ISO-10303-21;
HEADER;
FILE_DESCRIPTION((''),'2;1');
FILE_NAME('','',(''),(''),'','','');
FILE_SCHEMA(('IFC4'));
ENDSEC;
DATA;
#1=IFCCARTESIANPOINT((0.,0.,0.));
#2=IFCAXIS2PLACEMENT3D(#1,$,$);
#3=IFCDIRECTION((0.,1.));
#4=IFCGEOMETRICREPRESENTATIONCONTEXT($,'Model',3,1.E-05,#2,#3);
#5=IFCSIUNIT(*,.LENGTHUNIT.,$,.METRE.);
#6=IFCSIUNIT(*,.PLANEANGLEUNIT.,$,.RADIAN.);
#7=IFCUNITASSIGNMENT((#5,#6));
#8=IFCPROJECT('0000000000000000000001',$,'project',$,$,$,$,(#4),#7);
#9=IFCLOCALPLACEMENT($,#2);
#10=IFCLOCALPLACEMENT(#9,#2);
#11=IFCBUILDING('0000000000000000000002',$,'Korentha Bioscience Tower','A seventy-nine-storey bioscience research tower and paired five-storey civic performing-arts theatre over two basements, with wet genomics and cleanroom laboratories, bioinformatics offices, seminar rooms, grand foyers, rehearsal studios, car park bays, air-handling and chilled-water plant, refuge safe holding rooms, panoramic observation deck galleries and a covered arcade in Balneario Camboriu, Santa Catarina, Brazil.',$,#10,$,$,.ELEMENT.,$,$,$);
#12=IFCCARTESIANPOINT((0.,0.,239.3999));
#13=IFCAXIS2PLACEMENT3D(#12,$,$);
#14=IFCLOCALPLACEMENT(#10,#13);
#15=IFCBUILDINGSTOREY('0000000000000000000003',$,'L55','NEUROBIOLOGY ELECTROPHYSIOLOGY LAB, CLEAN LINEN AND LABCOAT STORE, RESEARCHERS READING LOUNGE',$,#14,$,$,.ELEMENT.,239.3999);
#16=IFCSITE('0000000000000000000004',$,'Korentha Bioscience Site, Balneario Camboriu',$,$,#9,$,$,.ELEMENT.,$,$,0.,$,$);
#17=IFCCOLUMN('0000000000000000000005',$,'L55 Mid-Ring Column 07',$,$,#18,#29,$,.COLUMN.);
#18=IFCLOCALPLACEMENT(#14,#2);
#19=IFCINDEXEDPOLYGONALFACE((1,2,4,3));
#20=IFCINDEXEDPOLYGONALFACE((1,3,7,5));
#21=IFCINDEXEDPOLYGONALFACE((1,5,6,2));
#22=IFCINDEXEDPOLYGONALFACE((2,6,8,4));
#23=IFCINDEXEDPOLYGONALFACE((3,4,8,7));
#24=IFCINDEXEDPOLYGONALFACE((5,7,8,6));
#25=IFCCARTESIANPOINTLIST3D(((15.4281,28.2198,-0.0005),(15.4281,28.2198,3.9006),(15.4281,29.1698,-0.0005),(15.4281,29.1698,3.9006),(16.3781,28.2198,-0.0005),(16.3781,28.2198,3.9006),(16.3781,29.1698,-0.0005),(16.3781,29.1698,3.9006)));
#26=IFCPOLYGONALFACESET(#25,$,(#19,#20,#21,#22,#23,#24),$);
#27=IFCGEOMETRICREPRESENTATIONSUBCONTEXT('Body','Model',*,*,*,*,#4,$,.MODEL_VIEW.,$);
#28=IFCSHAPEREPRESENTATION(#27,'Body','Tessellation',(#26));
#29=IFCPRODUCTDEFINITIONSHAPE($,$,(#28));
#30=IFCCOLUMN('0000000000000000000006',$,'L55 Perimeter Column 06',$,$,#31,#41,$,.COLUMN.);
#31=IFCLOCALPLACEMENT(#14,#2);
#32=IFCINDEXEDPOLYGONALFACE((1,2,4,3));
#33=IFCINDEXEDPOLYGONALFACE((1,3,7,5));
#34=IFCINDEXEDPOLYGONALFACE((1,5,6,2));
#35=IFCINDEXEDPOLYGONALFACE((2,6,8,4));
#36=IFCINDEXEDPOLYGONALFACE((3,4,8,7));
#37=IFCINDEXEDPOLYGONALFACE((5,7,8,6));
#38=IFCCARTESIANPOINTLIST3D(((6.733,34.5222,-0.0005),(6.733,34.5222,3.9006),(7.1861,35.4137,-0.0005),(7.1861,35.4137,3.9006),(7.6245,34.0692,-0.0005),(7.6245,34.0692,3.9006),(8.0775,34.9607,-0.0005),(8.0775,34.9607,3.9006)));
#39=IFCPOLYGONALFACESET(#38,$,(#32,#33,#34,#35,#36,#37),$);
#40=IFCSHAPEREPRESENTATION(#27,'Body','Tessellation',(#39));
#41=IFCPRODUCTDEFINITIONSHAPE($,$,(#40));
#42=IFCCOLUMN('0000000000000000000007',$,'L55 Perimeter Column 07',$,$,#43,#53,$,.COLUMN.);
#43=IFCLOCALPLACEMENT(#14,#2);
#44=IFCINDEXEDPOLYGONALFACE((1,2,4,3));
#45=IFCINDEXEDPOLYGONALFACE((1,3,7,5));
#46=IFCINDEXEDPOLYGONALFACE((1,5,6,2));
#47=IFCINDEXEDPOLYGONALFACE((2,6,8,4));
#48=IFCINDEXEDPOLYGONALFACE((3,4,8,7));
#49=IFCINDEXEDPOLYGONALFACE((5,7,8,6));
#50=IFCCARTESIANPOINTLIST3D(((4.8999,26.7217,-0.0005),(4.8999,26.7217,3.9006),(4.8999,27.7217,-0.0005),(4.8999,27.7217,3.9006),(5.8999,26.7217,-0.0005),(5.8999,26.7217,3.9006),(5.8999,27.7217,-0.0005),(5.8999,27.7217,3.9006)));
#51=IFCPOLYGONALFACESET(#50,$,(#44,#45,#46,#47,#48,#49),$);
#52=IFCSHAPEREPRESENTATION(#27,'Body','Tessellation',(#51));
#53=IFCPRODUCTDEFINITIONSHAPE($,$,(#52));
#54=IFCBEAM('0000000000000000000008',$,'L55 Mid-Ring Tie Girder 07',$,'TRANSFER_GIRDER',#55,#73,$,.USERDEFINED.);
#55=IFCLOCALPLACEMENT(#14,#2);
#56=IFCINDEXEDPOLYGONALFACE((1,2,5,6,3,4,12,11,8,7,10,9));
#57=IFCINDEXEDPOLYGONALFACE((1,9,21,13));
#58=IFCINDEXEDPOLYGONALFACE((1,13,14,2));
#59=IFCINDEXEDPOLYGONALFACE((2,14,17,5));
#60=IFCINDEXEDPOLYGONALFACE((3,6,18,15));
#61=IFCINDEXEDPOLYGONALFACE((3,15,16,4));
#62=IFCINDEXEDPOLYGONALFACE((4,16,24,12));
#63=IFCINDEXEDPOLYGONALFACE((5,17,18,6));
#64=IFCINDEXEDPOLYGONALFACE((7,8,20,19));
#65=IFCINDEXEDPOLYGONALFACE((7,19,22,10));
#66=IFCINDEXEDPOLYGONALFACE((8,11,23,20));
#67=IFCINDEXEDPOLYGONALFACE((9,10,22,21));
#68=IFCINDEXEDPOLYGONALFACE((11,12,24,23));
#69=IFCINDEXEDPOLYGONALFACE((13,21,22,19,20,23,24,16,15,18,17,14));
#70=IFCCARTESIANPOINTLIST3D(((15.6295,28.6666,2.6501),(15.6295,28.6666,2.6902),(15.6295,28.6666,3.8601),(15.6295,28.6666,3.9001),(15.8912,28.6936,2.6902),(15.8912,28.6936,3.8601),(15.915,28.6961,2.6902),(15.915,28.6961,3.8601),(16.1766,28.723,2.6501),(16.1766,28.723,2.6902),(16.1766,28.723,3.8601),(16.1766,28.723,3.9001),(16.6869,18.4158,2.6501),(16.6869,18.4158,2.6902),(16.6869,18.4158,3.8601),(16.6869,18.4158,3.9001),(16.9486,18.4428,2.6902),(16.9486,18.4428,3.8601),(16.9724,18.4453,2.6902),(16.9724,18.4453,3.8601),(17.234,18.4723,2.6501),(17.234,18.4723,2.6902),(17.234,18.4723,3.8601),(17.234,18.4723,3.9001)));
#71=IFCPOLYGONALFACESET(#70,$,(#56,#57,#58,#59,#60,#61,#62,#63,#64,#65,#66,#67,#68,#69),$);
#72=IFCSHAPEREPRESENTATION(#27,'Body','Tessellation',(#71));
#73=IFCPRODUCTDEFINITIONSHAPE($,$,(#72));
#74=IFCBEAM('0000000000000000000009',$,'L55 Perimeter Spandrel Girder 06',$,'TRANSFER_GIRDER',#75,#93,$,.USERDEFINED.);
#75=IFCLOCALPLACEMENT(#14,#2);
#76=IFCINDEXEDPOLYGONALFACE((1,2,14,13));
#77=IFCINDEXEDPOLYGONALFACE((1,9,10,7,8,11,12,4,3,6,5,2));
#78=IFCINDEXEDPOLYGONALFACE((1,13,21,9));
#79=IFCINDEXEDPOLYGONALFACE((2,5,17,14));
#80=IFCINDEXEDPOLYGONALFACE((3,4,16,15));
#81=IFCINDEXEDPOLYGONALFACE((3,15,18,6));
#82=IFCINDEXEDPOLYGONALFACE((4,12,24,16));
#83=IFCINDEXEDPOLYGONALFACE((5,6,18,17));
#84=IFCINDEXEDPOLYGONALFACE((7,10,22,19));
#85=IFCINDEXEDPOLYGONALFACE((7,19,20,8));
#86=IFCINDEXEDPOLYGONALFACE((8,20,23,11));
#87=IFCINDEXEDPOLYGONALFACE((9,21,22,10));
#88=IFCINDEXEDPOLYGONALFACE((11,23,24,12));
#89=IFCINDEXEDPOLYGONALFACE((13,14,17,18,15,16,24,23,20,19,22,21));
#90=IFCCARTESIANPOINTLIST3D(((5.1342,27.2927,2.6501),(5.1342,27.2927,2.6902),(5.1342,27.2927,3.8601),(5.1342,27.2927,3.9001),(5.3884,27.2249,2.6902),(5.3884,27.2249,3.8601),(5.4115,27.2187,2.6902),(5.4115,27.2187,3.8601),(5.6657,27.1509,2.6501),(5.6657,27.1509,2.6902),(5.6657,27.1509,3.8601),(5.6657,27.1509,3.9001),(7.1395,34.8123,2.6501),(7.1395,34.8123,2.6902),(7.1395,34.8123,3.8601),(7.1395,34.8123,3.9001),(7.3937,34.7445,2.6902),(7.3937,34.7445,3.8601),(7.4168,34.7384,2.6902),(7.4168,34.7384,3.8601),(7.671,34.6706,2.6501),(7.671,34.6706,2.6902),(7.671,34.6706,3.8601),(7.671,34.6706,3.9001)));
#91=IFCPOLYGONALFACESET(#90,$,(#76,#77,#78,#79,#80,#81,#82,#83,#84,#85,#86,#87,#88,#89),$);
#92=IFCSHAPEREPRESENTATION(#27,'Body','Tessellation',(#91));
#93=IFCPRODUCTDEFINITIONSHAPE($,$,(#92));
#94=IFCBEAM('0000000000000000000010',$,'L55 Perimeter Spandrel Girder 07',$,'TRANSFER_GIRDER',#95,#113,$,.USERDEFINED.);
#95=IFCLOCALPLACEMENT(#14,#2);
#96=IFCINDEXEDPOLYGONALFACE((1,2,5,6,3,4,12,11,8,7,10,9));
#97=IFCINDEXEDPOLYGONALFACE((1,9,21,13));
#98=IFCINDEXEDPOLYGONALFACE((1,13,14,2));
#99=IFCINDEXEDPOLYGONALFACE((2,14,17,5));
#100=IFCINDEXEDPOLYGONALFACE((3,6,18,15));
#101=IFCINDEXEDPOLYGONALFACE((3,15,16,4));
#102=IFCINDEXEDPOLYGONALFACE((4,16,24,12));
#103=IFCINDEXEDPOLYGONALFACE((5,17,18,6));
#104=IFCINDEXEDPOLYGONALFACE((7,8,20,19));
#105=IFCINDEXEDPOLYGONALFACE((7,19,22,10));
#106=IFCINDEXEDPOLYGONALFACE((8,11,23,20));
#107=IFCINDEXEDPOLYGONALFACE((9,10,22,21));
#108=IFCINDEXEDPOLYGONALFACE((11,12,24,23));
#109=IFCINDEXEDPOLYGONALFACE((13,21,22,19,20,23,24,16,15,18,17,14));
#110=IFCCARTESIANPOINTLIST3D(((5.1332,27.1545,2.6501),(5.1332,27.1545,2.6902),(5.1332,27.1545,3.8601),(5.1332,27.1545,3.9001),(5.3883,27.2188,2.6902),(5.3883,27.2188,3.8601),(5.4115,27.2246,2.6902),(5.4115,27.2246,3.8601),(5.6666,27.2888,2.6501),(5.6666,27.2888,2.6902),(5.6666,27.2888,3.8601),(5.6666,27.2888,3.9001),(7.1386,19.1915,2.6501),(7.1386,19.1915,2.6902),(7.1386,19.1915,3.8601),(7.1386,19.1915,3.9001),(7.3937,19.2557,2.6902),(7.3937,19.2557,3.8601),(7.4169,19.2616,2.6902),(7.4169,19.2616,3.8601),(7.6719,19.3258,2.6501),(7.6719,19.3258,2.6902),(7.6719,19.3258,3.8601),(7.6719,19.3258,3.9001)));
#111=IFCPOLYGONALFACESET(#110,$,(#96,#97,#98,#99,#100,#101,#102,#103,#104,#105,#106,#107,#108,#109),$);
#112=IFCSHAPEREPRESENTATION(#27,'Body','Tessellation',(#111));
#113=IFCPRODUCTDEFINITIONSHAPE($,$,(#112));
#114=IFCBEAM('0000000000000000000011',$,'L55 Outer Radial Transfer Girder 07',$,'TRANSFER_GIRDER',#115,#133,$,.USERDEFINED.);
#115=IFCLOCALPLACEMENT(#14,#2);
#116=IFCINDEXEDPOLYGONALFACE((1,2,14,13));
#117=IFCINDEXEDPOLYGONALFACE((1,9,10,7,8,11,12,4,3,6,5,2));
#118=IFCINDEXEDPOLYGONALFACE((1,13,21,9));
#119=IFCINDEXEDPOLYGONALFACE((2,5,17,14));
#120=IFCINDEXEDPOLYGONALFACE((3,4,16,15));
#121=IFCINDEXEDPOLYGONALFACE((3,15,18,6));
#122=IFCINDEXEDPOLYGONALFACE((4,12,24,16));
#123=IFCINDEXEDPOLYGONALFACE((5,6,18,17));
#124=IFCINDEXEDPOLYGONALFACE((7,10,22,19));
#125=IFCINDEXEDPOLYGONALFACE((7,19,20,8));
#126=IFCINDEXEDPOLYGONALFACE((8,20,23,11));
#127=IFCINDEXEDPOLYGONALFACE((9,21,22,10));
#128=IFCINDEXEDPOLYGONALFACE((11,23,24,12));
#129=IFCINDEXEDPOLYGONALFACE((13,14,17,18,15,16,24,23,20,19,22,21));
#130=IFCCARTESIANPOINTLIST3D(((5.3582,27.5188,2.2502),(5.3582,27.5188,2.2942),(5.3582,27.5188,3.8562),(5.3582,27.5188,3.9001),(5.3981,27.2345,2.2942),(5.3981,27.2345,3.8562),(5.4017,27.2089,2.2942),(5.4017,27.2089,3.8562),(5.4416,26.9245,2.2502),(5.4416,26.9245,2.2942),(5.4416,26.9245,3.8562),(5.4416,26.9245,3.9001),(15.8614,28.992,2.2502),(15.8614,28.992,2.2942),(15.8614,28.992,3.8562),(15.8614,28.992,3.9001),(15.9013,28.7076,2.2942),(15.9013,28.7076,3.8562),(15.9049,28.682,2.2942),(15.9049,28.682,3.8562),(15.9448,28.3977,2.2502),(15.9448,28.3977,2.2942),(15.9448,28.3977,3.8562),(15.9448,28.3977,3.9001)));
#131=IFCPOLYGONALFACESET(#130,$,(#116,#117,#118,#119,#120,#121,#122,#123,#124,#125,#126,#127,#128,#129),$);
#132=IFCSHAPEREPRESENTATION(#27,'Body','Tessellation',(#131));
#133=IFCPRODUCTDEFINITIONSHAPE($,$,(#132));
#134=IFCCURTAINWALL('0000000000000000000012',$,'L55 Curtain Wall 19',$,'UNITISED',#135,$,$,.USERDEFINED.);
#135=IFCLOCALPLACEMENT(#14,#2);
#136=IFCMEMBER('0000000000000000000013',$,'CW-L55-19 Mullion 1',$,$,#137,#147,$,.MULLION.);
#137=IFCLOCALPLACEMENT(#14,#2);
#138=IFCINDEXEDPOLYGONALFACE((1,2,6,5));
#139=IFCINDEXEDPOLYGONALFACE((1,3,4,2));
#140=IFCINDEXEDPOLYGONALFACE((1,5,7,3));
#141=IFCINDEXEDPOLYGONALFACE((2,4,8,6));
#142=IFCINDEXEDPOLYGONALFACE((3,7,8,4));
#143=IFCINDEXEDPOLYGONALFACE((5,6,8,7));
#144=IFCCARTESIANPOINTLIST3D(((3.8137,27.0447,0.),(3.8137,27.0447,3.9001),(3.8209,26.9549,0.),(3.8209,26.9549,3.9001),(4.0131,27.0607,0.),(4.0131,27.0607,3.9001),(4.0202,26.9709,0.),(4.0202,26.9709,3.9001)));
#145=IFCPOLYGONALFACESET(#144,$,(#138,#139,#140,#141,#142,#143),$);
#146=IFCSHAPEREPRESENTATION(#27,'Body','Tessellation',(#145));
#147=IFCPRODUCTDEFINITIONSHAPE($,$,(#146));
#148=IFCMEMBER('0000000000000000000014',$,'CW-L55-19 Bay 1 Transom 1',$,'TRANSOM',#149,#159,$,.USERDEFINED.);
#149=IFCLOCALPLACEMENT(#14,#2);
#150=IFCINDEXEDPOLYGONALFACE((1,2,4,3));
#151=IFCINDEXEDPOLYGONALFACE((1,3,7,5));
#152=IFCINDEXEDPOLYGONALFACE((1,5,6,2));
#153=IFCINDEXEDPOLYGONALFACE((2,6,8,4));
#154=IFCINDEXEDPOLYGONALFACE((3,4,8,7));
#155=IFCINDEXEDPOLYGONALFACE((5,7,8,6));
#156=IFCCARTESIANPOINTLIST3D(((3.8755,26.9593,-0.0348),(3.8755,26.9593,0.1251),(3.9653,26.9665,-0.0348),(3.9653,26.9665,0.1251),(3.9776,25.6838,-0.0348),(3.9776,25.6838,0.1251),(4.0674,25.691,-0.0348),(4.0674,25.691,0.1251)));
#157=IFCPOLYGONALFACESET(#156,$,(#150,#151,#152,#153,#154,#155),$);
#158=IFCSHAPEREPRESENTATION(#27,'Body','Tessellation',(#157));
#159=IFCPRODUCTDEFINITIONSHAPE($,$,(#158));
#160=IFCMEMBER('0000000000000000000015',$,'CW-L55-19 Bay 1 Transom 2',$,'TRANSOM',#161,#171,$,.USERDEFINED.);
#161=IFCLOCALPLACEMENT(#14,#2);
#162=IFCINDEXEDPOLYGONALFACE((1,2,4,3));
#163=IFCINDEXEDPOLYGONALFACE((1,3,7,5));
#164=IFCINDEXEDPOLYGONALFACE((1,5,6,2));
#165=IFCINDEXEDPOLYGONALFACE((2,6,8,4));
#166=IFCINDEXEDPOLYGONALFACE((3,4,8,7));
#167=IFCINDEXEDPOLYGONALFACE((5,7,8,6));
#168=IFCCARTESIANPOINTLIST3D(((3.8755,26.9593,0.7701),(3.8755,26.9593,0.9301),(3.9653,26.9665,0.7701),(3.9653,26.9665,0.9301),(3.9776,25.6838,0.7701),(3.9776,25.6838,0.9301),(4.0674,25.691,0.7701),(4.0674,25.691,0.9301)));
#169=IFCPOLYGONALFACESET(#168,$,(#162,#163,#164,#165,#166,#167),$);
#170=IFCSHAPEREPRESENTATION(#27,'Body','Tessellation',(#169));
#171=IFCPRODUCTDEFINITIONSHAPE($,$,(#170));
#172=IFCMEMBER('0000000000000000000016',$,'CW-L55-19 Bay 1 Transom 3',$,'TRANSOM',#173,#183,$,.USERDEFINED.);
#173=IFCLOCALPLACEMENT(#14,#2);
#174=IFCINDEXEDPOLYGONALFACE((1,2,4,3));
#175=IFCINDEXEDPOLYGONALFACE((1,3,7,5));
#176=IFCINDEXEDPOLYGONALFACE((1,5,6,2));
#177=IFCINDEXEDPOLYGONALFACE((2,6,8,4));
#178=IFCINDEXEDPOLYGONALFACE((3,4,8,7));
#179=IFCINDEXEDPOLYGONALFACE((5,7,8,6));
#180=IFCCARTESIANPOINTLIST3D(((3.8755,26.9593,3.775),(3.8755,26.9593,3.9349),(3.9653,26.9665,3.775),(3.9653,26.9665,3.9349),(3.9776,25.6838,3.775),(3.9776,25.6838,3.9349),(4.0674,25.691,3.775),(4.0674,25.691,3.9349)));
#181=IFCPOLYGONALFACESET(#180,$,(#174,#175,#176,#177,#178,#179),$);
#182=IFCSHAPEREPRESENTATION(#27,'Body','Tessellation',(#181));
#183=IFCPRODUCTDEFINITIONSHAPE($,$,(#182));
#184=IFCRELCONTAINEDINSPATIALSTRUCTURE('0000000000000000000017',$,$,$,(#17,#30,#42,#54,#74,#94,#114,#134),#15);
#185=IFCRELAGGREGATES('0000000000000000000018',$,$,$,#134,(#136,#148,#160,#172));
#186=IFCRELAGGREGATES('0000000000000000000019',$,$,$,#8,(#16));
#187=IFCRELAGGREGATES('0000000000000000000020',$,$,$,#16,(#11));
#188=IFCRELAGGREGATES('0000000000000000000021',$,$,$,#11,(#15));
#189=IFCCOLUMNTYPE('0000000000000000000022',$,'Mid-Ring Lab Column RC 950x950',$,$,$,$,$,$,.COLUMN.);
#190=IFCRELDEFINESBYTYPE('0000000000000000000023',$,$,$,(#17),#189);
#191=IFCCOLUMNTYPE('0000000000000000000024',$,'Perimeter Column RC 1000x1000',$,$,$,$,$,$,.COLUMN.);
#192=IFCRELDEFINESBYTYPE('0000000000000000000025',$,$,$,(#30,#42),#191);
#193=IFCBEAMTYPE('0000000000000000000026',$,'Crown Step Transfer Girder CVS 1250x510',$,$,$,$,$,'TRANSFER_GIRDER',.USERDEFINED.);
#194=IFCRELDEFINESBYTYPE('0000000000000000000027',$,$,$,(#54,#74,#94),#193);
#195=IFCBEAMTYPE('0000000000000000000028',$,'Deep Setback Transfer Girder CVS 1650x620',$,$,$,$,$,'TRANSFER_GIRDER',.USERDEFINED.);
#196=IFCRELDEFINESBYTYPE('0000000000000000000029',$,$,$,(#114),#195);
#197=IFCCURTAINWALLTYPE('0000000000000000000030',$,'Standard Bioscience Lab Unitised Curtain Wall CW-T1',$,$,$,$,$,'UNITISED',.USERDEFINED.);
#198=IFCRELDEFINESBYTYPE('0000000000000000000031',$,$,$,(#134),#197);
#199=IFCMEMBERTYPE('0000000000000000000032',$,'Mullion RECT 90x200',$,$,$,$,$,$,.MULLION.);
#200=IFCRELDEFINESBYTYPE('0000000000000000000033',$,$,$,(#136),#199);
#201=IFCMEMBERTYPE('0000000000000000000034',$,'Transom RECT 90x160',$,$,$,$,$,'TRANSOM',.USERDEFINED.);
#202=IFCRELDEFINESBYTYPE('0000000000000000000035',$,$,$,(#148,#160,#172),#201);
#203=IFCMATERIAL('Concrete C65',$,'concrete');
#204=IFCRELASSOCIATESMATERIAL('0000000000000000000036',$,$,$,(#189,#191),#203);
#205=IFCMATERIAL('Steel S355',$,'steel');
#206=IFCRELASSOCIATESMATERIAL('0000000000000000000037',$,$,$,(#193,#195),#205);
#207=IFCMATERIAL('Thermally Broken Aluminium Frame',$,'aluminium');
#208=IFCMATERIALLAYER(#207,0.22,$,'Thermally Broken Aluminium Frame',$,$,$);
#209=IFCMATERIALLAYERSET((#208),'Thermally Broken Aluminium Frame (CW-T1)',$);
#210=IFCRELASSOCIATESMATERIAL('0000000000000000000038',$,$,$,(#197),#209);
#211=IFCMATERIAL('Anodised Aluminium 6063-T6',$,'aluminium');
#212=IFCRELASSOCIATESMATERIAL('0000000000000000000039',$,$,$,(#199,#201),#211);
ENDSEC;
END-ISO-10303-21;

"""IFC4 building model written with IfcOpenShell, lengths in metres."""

from ifc_helpers import new_model, si_unit, direction, frame, origin, origin_2d, place, context, subcontext, project, spatial, rectangle, i_section, extrude, material, layer, layer_set, material_profile, profile_set, type_object, element, aggregate, save


model = new_model("IFC4")

# Units and contexts
model_context = context("Model", 3, precision=1e-05, world=origin(), true_north=direction((0.0, 1.0)))
body_context = subcontext(model_context, "Body", "Model", "MODEL_VIEW")
ifc_project = project(units=[si_unit("LENGTHUNIT", "METRE"), si_unit("PLANEANGLEUNIT", "RADIAN")], contexts=[model_context])

# Site, building, storey
site_placement = place(None, origin())
site = spatial("IfcSite", under=ifc_project, at=site_placement, Name="Korentha Bioscience Site, Balneario Camboriu", CompositionType="ELEMENT", RefElevation=0.0)
building_placement = place(site_placement, origin())
building = spatial("IfcBuilding", under=site, at=building_placement, Name="Korentha Bioscience Tower", Description="A seventy-nine-storey bioscience research tower and paired five-storey civic performing-arts theatre over two basements, with wet genomics and cleanroom laboratories, bioinformatics offices, seminar rooms, grand foyers, rehearsal studios, car park bays, air-handling and chilled-water plant, refuge safe holding rooms, panoramic observation deck galleries and a covered arcade in Balneario Camboriu, Santa Catarina, Brazil.", CompositionType="ELEMENT")
storey_placement = place(building_placement, frame((0.0, 0.0, 239.3999)))
storey = spatial("IfcBuildingStorey", under=building, at=storey_placement, Name="L55", Description="NEUROBIOLOGY ELECTROPHYSIOLOGY LAB, CLEAN LINEN AND LABCOAT STORE, RESEARCHERS READING LOUNGE", CompositionType="ELEMENT", Elevation=239.3999)

# Columns
ifc_material_1 = material(Name="Concrete C65", Category="concrete")
ifc_material_profile_1 = material_profile(ifc_material_1, rectangle(XDim=0.95, YDim=0.95, at=origin_2d()), Name="Concrete C65")
ifc_profile_set_1 = profile_set([ifc_material_profile_1], Name="Concrete C65 (COL-MR09)")
column_type_1 = type_object("IfcColumnType", Name="Mid-Ring Lab Column RC 950x950", PredefinedType="COLUMN", material=ifc_profile_set_1)
column_placement = place(storey_placement, frame((15.9031, 28.6948, -0.0005), z_axis=(0.0, 0.0, 1.0), x_axis=(1.0, 0.0, 0.0)))
element("IfcColumn", 1, at=column_placement, inside=storey, type_object=column_type_1, Name="L55 Mid-Ring Column 07", PredefinedType="COLUMN", context=body_context, shape_type="SweptSolid", body=[
    extrude(rectangle(XDim=0.95, YDim=0.95, at=origin_2d()), origin(), (0.0, 0.0, 1.0), 3.9011),
])
ifc_material_profile_2 = material_profile(ifc_material_1, rectangle(XDim=1.0, YDim=1.0, at=origin_2d()), Name="Concrete C65")
ifc_profile_set_2 = profile_set([ifc_material_profile_2], Name="Concrete C65 (COL-P10)")
column_type_2 = type_object("IfcColumnType", Name="Perimeter Column RC 1000x1000", PredefinedType="COLUMN", material=ifc_profile_set_2)
for number, where, z_axis, x_axis, name in (
    (2, (7.4053, 34.7415, -0.0005), (0.0, 0.0, 1.0), (0.453057, 0.891481, 0.0), "L55 Perimeter Column 06"),
    (3, (5.3999, 27.2217, -0.0005), (0.0, 0.0, 1.0), (0.0, 1.0, 0.0), "L55 Perimeter Column 07"),
):
    element("IfcColumn", number, at=place(storey_placement, frame(where, z_axis=z_axis, x_axis=x_axis)), inside=storey, type_object=column_type_2, Name=name, PredefinedType="COLUMN", context=body_context, shape_type="SweptSolid", body=[
        extrude(rectangle(XDim=1.0, YDim=1.0, at=origin_2d()), origin(), (0.0, 0.0, 1.0), 3.9011),
    ])

# Beams
ifc_material_2 = material(Name="Steel S355", Category="steel")
ifc_material_profile_3 = material_profile(ifc_material_2, i_section(OverallWidth=0.55, OverallDepth=1.25, WebThickness=0.0239, FlangeThickness=0.04, at=origin_2d()), Name="Steel S355")
ifc_profile_set_3 = profile_set([ifc_material_profile_3], Name="Steel S355 (TG-03)")
beam_type_1 = type_object("IfcBeamType", Name="Crown Step Transfer Girder CVS 1250x510", ElementType="TRANSFER_GIRDER", PredefinedType="USERDEFINED", material=ifc_profile_set_3)
beam_1_placement = place(storey_placement, frame((15.9031, 28.6948, 3.2751), z_axis=(0.102607, -0.994722, 0.0), x_axis=(0.994722, 0.102607, 0.0)))
element("IfcBeam", 4, at=beam_1_placement, inside=storey, type_object=beam_type_1, Name="L55 Mid-Ring Tie Girder 07", ObjectType="TRANSFER_GIRDER", PredefinedType="USERDEFINED", context=body_context, shape_type="SweptSolid", body=[
    extrude(i_section(OverallWidth=0.55, OverallDepth=1.25, WebThickness=0.0239, FlangeThickness=0.04, at=origin_2d()), origin(), (0.0, 0.0, 1.0), 10.3052),
])
beam_2_placement = place(storey_placement, frame((7.4053, 34.7415, 3.2751), z_axis=(-0.257674, -0.966232, 0.0), x_axis=(0.966232, -0.257674, 0.0)))
element("IfcBeam", 5, at=beam_2_placement, inside=storey, type_object=beam_type_1, Name="L55 Perimeter Spandrel Girder 06", ObjectType="TRANSFER_GIRDER", PredefinedType="USERDEFINED", context=body_context, shape_type="SweptSolid", body=[
    extrude(i_section(OverallWidth=0.55, OverallDepth=1.25, WebThickness=0.0239, FlangeThickness=0.04, at=origin_2d()), origin(), (0.0, 0.0, 1.0), 7.7825),
])
beam_3_placement = place(storey_placement, frame((5.3999, 27.2217, 3.2751), z_axis=(0.244207, -0.969723, 0.0), x_axis=(0.969723, 0.244207, 0.0)))
element("IfcBeam", 6, at=beam_3_placement, inside=storey, type_object=beam_type_1, Name="L55 Perimeter Spandrel Girder 07", ObjectType="TRANSFER_GIRDER", PredefinedType="USERDEFINED", context=body_context, shape_type="SweptSolid", body=[
    extrude(i_section(OverallWidth=0.55, OverallDepth=1.25, WebThickness=0.0239, FlangeThickness=0.04, at=origin_2d()), origin(), (0.0, 0.0, 1.0), 8.2117),
])
ifc_material_profile_4 = material_profile(ifc_material_2, i_section(OverallWidth=0.6001, OverallDepth=1.6499, WebThickness=0.0259, FlangeThickness=0.0439, at=origin_2d()), Name="Steel S355")
ifc_profile_set_4 = profile_set([ifc_material_profile_4], Name="Steel S355 (TG-04)")
beam_type_2 = type_object("IfcBeamType", Name="Deep Setback Transfer Girder CVS 1650x620", ElementType="TRANSFER_GIRDER", PredefinedType="USERDEFINED", material=ifc_profile_set_4)
beam_4_placement = place(storey_placement, frame((15.9031, 28.6948, 3.0752), z_axis=(-0.990307, -0.138898, 0.0), x_axis=(0.138898, -0.990307, 0.0)))
element("IfcBeam", 7, at=beam_4_placement, inside=storey, type_object=beam_type_2, Name="L55 Outer Radial Transfer Girder 07", ObjectType="TRANSFER_GIRDER", PredefinedType="USERDEFINED", context=body_context, shape_type="SweptSolid", body=[
    extrude(i_section(OverallWidth=0.6001, OverallDepth=1.6499, WebThickness=0.0259, FlangeThickness=0.0439, at=origin_2d()), origin(), (0.0, 0.0, 1.0), 10.606),
])

# Curtain wall, members
ifc_material_3 = material(Name="Thermally Broken Aluminium Frame", Category="aluminium")
ifc_layer_1 = layer(ifc_material_3, 0.22, Name="Thermally Broken Aluminium Frame")
ifc_layer_set_1 = layer_set([ifc_layer_1], Name="Thermally Broken Aluminium Frame (CW-T1)")
curtain_wall_type = type_object("IfcCurtainWallType", Name="Standard Bioscience Lab Unitised Curtain Wall CW-T1", ElementType="UNITISED", PredefinedType="USERDEFINED", material=ifc_layer_set_1)
curtain_wall_placement = place(storey_placement, origin())
curtain_wall = element("IfcCurtainWall", 8, at=curtain_wall_placement, inside=storey, type_object=curtain_wall_type, Name="L55 Curtain Wall 19", ObjectType="UNITISED", PredefinedType="USERDEFINED")
ifc_material_4 = material(Name="Anodised Aluminium 6063-T6", Category="aluminium")
ifc_material_profile_5 = material_profile(ifc_material_4, rectangle(XDim=0.0901, YDim=0.2, at=origin_2d()), Name="Anodised Aluminium 6063-T6")
ifc_profile_set_5 = profile_set([ifc_material_profile_5], Name="Anodised Aluminium 6063-T6 (CW-MUL)")
member_type_1 = type_object("IfcMemberType", Name="Mullion RECT 90x200", PredefinedType="MULLION", material=ifc_profile_set_5)
member_1_placement = place(storey_placement, frame((3.917, 27.0078, 0.0), z_axis=(0.0, 0.0, 1.0), x_axis=(0.079748, -0.996815, 0.0)))
member_1 = element("IfcMember", 9, at=member_1_placement, type_object=member_type_1, Name="CW-L55-19 Mullion 1", PredefinedType="MULLION", context=body_context, shape_type="SweptSolid", body=[
    extrude(rectangle(XDim=0.0901, YDim=0.2, at=origin_2d()), origin(), (0.0, 0.0, 1.0), 3.9001),
])
ifc_material_profile_6 = material_profile(ifc_material_4, rectangle(XDim=0.0901, YDim=0.1599, at=origin_2d()), Name="Anodised Aluminium 6063-T6")
ifc_profile_set_6 = profile_set([ifc_material_profile_6], Name="Anodised Aluminium 6063-T6 (CW-TRN)")
member_type_2 = type_object("IfcMemberType", Name="Transom RECT 90x160", ElementType="TRANSOM", PredefinedType="USERDEFINED", material=ifc_profile_set_6)
member_2_placement = place(storey_placement, frame((3.9204, 26.9629, 0.0452), z_axis=(0.07976, -0.996814, 0.0), x_axis=(0.996814, 0.07976, 0.0)))
member_2 = element("IfcMember", 10, at=member_2_placement, type_object=member_type_2, Name="CW-L55-19 Bay 1 Transom 1", ObjectType="TRANSOM", PredefinedType="USERDEFINED", context=body_context, shape_type="SweptSolid", body=[
    extrude(rectangle(XDim=0.0901, YDim=0.1599, at=origin_2d()), origin(), (0.0, 0.0, 1.0), 1.2795),
])
member_3_placement = place(storey_placement, frame((3.9204, 26.9629, 0.8501), z_axis=(0.07976, -0.996814, 0.0), x_axis=(0.996814, 0.07976, 0.0)))
member_3 = element("IfcMember", 11, at=member_3_placement, type_object=member_type_2, Name="CW-L55-19 Bay 1 Transom 2", ObjectType="TRANSOM", PredefinedType="USERDEFINED", context=body_context, shape_type="SweptSolid", body=[
    extrude(rectangle(XDim=0.0901, YDim=0.1599, at=origin_2d()), origin(), (0.0, 0.0, 1.0), 1.2795),
])
member_4_placement = place(storey_placement, frame((3.9204, 26.9629, 3.855), z_axis=(0.07976, -0.996814, 0.0), x_axis=(0.996814, 0.07976, 0.0)))
member_4 = element("IfcMember", 12, at=member_4_placement, type_object=member_type_2, Name="CW-L55-19 Bay 1 Transom 3", ObjectType="TRANSOM", PredefinedType="USERDEFINED", context=body_context, shape_type="SweptSolid", body=[
    extrude(rectangle(XDim=0.0901, YDim=0.1599, at=origin_2d()), origin(), (0.0, 0.0, 1.0), 1.2795),
])
aggregate(curtain_wall, [member_1, member_2, member_3, member_4])

save(model, "model.ifc")
